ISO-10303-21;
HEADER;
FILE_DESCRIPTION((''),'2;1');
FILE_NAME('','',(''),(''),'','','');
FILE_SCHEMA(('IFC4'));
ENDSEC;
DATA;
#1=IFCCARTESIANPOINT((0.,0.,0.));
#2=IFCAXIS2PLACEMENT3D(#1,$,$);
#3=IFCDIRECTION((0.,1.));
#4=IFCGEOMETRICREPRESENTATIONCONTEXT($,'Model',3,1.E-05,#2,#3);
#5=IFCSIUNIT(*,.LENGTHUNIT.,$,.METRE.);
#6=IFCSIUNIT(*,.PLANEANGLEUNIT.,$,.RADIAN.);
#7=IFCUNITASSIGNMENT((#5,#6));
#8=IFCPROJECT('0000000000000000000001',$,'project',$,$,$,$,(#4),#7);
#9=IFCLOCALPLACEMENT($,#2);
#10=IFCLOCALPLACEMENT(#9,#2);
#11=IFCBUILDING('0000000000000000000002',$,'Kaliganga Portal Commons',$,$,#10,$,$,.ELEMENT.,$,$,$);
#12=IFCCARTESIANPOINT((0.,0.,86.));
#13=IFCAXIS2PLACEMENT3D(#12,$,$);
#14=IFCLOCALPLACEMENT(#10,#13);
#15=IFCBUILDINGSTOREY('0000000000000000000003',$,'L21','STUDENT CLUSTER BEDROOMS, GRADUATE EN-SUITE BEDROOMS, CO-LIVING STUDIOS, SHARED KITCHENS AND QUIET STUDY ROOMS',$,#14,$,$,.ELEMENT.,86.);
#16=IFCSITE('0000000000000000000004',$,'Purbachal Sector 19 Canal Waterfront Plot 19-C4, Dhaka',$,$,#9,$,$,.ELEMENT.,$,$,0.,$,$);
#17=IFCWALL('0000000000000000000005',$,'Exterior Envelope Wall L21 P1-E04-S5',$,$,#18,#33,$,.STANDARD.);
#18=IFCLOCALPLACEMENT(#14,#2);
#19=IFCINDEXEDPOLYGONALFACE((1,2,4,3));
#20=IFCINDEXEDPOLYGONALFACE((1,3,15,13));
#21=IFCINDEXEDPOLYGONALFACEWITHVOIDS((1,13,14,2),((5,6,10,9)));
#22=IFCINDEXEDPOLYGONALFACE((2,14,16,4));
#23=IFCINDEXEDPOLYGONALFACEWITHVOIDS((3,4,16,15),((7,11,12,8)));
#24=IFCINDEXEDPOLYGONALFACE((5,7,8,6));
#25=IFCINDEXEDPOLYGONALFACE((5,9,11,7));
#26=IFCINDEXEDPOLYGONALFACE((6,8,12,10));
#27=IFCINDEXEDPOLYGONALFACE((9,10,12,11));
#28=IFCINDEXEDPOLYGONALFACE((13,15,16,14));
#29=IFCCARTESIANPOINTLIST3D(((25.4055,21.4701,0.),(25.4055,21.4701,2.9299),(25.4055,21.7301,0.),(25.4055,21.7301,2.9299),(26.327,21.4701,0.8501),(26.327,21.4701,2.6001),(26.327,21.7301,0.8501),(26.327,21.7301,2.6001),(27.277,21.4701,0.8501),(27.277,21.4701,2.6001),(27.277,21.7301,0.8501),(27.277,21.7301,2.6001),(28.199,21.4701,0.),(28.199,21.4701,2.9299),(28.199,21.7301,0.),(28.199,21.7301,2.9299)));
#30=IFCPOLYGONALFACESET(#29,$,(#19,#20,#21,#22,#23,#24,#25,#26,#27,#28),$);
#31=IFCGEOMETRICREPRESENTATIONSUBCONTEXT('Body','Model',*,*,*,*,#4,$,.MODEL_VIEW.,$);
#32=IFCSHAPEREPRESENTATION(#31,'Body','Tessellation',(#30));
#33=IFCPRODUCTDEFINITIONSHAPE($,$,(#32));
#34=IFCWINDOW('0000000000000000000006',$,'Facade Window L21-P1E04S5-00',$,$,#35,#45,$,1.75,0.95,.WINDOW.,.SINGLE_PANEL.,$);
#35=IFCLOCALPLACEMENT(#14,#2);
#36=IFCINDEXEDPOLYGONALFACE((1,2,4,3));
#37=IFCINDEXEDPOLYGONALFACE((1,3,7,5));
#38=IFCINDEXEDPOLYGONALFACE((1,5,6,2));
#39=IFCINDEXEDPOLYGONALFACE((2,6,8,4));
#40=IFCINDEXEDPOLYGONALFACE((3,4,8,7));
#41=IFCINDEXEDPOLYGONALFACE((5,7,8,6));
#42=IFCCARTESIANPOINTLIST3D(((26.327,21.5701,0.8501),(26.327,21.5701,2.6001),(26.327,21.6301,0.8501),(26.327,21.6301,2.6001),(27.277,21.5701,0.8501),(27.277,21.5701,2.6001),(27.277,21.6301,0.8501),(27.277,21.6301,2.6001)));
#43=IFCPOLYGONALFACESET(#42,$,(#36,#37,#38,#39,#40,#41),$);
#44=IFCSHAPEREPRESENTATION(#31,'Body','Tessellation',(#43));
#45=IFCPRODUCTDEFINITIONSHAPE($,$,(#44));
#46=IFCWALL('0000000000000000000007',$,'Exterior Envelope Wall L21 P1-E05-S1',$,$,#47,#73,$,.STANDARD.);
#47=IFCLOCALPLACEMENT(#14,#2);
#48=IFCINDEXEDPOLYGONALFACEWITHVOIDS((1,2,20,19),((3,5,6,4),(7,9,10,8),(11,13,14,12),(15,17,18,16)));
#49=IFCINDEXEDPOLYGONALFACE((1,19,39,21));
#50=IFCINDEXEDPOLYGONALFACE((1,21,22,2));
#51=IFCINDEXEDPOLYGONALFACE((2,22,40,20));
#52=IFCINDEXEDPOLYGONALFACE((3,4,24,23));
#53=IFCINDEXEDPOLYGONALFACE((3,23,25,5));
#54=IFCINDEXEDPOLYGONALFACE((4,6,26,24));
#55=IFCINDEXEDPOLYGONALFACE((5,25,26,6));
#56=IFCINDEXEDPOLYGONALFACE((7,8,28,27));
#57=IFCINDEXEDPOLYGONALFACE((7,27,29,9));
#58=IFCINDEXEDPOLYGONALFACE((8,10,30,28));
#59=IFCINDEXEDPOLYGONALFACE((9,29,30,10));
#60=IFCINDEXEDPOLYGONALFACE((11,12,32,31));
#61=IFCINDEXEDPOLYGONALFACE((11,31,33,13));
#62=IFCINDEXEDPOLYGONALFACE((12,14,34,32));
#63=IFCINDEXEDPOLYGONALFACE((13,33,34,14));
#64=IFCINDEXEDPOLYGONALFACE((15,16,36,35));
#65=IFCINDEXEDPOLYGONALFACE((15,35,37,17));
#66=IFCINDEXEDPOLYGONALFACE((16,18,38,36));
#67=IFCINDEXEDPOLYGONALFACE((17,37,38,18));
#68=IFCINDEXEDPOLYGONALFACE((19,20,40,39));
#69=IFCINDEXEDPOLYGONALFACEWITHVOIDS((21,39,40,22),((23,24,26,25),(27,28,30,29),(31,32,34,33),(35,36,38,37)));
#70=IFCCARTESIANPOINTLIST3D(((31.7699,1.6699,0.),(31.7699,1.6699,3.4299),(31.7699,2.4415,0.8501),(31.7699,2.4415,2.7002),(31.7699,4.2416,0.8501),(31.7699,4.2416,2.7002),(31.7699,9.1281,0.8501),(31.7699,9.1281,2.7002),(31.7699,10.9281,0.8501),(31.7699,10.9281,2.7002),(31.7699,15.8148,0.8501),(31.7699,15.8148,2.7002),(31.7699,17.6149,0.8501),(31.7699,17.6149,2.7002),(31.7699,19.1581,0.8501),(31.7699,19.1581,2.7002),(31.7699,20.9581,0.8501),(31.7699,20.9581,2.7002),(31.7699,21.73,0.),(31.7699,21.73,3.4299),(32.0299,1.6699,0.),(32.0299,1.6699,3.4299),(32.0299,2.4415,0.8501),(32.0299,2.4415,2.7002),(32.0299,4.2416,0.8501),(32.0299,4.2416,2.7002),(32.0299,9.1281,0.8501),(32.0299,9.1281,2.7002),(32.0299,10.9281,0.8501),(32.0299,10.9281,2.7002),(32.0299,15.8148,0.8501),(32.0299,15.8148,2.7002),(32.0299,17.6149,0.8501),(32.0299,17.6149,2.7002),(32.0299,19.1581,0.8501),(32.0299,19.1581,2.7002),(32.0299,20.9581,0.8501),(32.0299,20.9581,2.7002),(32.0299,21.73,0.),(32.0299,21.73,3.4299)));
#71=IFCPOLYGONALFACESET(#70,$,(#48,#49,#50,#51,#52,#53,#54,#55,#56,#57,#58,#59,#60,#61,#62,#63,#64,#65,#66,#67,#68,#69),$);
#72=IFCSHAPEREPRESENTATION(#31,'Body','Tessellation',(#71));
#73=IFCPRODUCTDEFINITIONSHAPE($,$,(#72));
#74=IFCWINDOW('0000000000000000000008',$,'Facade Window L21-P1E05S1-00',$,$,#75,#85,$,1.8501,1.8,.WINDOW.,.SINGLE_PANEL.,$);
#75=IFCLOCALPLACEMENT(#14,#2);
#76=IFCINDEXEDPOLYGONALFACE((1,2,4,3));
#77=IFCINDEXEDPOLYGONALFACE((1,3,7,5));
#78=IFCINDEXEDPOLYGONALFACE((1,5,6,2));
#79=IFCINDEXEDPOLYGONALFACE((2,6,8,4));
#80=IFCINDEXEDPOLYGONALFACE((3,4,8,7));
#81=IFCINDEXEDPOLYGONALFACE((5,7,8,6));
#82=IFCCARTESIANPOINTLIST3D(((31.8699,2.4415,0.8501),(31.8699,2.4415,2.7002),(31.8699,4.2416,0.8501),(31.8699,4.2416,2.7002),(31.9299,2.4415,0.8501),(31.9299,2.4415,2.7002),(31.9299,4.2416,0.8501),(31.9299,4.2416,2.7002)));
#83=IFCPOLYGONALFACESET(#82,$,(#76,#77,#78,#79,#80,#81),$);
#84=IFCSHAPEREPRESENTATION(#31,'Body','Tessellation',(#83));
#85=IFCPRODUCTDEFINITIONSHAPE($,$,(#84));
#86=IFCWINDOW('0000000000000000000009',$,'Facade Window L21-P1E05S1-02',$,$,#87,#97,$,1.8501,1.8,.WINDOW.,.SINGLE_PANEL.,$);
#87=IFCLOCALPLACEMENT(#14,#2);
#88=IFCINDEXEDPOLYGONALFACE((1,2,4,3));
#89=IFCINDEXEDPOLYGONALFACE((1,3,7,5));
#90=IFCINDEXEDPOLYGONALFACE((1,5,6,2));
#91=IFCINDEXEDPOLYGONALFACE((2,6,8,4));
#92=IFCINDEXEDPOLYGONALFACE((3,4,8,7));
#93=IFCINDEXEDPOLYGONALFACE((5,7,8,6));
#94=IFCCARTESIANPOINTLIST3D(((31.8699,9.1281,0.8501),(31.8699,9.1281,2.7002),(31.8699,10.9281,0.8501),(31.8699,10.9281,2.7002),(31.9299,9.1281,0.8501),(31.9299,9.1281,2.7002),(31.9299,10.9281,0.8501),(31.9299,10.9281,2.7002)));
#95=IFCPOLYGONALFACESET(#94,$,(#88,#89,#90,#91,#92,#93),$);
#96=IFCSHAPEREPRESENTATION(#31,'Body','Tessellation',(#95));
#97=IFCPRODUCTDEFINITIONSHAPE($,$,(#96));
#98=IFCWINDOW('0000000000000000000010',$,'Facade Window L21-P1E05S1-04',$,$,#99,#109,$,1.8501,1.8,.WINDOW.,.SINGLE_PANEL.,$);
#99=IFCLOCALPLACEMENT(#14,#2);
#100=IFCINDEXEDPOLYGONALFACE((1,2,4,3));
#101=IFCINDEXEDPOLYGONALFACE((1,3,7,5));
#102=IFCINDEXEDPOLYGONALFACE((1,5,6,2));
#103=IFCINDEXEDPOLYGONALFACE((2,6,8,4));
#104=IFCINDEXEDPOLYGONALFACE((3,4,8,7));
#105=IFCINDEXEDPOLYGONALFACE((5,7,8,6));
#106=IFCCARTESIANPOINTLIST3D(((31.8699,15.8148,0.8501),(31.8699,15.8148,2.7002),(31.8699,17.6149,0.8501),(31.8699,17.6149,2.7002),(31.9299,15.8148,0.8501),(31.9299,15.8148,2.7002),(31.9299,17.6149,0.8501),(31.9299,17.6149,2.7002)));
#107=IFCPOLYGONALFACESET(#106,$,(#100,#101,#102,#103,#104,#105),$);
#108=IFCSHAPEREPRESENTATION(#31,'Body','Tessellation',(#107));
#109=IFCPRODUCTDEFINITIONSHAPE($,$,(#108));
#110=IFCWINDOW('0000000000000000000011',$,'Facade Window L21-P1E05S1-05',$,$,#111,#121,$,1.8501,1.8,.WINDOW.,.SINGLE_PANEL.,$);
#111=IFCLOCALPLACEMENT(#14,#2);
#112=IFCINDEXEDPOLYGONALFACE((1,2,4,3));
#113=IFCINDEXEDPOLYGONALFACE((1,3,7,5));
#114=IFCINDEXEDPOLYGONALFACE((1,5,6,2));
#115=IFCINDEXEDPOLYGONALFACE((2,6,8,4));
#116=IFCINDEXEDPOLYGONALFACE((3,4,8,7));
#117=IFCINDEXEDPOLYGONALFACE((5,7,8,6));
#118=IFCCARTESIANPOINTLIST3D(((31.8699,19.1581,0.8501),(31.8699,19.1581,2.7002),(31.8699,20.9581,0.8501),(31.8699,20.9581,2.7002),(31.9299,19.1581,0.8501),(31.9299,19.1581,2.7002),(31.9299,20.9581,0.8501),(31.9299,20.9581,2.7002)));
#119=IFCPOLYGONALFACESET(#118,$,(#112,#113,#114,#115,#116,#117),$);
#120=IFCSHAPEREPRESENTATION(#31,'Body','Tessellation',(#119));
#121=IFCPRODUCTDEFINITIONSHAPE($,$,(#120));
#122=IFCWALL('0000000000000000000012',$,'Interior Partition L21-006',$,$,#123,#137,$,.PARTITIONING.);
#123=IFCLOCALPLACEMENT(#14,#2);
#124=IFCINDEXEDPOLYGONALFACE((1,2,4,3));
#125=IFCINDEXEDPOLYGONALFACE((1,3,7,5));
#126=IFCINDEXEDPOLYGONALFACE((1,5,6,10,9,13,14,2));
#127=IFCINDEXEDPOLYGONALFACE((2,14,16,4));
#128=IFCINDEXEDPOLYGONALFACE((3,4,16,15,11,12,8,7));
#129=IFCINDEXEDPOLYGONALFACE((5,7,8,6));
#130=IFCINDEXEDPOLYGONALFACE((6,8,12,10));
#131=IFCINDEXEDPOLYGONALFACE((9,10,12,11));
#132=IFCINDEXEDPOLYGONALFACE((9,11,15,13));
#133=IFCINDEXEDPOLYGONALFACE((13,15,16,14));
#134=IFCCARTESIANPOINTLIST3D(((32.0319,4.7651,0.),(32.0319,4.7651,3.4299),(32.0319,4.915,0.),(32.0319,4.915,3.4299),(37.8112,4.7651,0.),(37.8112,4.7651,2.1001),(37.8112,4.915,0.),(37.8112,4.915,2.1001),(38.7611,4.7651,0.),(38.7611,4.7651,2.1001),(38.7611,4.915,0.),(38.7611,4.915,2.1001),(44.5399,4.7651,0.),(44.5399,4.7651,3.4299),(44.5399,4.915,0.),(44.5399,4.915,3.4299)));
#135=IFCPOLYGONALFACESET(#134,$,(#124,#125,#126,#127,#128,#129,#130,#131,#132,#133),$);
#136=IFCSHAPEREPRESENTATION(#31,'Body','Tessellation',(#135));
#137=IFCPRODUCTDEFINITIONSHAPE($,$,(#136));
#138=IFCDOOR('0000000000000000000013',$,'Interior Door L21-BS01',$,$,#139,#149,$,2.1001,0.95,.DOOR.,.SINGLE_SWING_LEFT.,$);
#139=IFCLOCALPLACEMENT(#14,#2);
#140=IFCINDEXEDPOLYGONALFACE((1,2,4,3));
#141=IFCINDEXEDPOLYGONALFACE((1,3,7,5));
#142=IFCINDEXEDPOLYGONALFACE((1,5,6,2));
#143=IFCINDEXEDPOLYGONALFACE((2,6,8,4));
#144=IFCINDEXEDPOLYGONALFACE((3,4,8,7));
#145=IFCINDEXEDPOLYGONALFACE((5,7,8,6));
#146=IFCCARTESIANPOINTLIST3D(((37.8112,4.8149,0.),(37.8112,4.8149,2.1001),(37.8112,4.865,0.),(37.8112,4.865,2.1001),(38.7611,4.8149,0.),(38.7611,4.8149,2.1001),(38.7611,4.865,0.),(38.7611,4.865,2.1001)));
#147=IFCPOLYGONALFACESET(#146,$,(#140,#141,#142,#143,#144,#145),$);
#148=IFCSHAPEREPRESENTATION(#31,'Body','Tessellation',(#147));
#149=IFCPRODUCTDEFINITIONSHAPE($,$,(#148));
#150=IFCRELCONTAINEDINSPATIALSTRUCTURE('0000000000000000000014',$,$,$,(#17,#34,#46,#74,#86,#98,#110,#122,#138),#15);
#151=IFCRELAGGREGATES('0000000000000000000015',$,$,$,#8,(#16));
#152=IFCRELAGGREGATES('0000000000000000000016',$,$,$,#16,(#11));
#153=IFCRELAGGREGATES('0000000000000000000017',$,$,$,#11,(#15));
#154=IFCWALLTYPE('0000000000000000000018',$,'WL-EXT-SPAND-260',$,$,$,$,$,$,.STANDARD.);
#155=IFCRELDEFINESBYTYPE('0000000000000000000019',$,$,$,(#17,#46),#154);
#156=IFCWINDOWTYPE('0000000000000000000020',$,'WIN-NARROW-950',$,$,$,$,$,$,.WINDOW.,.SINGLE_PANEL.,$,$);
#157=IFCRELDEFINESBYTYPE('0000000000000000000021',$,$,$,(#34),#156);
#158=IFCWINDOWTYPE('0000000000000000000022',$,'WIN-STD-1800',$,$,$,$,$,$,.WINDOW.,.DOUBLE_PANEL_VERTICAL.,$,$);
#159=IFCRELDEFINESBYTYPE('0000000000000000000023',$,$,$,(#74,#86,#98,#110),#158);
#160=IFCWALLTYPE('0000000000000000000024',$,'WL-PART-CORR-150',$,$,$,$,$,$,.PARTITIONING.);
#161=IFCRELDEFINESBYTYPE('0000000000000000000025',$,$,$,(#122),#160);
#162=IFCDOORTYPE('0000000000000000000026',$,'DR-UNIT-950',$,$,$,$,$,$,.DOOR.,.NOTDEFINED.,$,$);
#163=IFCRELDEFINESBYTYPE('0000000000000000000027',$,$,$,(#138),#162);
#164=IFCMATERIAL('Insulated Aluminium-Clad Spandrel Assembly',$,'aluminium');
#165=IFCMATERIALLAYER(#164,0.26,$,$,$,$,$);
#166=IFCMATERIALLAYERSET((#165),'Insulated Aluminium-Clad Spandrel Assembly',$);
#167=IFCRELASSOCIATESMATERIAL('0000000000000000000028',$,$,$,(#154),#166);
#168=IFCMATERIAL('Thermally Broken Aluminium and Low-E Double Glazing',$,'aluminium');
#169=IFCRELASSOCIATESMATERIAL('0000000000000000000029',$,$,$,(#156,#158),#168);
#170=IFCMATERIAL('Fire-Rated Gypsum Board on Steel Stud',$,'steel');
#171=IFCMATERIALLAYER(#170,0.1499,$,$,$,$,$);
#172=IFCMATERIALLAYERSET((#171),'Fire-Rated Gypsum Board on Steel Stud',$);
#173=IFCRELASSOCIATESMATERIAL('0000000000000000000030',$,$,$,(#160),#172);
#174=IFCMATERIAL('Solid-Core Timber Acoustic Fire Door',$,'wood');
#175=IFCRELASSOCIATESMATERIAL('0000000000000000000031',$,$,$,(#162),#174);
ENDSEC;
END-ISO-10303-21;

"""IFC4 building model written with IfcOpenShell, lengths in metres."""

from ifc_helpers import new_model, si_unit, direction, frame, frame_2d, origin, place, context, subcontext, project, spatial, rectangle, extrude, material, layer, layer_set, type_object, element, fill, save


model = new_model("IFC4")

# Units and contexts
model_context = context("Model", 3, precision=1e-05, world=origin(), true_north=direction((0.0, 1.0)))
body_context = subcontext(model_context, "Body", "Model", "MODEL_VIEW")
ifc_project = project(units=[si_unit("LENGTHUNIT", "METRE"), si_unit("PLANEANGLEUNIT", "RADIAN")], contexts=[model_context])

# Site, building, storey
site_placement = place(None, origin())
site = spatial("IfcSite", under=ifc_project, at=site_placement, Name="Purbachal Sector 19 Canal Waterfront Plot 19-C4, Dhaka", CompositionType="ELEMENT", RefElevation=0.0)
building_placement = place(site_placement, origin())
building = spatial("IfcBuilding", under=site, at=building_placement, Name="Kaliganga Portal Commons", CompositionType="ELEMENT")
storey_placement = place(building_placement, frame((0.0, 0.0, 86.0)))
storey = spatial("IfcBuildingStorey", under=building, at=storey_placement, Name="L21", Description="STUDENT CLUSTER BEDROOMS, GRADUATE EN-SUITE BEDROOMS, CO-LIVING STUDIOS, SHARED KITCHENS AND QUIET STUDY ROOMS", CompositionType="ELEMENT", Elevation=86.0)

# Wall, opening, window
ifc_material_1 = material(Name="Insulated Aluminium-Clad Spandrel Assembly", Category="aluminium")
ifc_layer_1 = layer(ifc_material_1, 0.26)
ifc_layer_set_1 = layer_set([ifc_layer_1], Name="Insulated Aluminium-Clad Spandrel Assembly")
wall_type_1 = type_object("IfcWallType", Name="WL-EXT-SPAND-260", PredefinedType="STANDARD", material=ifc_layer_set_1)
ifc_material_2 = material(Name="Thermally Broken Aluminium and Low-E Double Glazing", Category="aluminium")
window_type_1 = type_object("IfcWindowType", Name="WIN-NARROW-950", PartitioningType="SINGLE_PANEL", PredefinedType="WINDOW", material=ifc_material_2)
wall_1_placement = place(storey_placement, frame((28.199, 21.6001, 0.0), z_axis=(0.0, 0.0, 1.0), x_axis=(-1.0, 0.0, 0.0)))
wall_1 = element("IfcWall", 1, at=wall_1_placement, inside=storey, type_object=wall_type_1, Name="Exterior Envelope Wall L21 P1-E04-S5", PredefinedType="STANDARD", context=body_context, shape_type="SweptSolid", body=[
    extrude(rectangle(XDim=2.7935, YDim=0.26, at=frame_2d((1.3967, 0.0))), origin(), (0.0, 0.0, 1.0), 2.9299),
])
opening_1_placement = place(wall_1_placement, frame((0.9219, 0.0, 0.8501)))
opening_1 = element("IfcOpeningElement", 2, at=opening_1_placement, cuts=wall_1, PredefinedType="OPENING", context=body_context, shape_type="SweptSolid", body=[
    extrude(rectangle(XDim=0.95, YDim=1.75, at=frame_2d((0.4751, 0.875))), frame((0.0, 0.1401, 0.0), z_axis=(0.0, -1.0, 0.0), x_axis=(1.0, 0.0, 0.0)), (0.0, 0.0, 1.0), 0.28),
])
window_1_placement = place(opening_1_placement, origin())
window_1 = element("IfcWindow", 3, at=window_1_placement, inside=storey, type_object=window_type_1, Name="Facade Window L21-P1E04S5-00", OverallHeight=1.75, OverallWidth=0.95, PartitioningType="SINGLE_PANEL", PredefinedType="WINDOW", context=body_context, shape_type="SweptSolid", body=[
    extrude(rectangle(XDim=0.95, YDim=1.75, at=frame_2d((0.4751, 0.875))), frame((0.0, 0.03, 0.0), z_axis=(0.0, -1.0, 0.0), x_axis=(1.0, 0.0, 0.0)), (0.0, 0.0, 1.0), 0.0601),
])
fill(opening_1, window_1)

# Wall, openings, windows
wall_2_placement = place(storey_placement, frame((31.8999, 1.6699, 0.0), z_axis=(0.0, 0.0, 1.0), x_axis=(0.0, 1.0, 0.0)))
wall_2 = element("IfcWall", 4, at=wall_2_placement, inside=storey, type_object=wall_type_1, Name="Exterior Envelope Wall L21 P1-E05-S1", PredefinedType="STANDARD", context=body_context, shape_type="SweptSolid", body=[
    extrude(rectangle(XDim=20.0601, YDim=0.26, at=frame_2d((10.03, 0.0))), origin(), (0.0, 0.0, 1.0), 3.4299),
])
opening_2_placement = place(wall_2_placement, frame((0.7717, 0.0, 0.8501)))
opening_2 = element("IfcOpeningElement", 5, at=opening_2_placement, cuts=wall_2, PredefinedType="OPENING", context=body_context, shape_type="SweptSolid", body=[
    extrude(rectangle(XDim=1.8, YDim=1.8501, at=frame_2d((0.8999, 0.925))), frame((0.0, 0.1401, 0.0), z_axis=(0.0, -1.0, 0.0), x_axis=(1.0, 0.0, 0.0)), (0.0, 0.0, 1.0), 0.28),
])
opening_3_placement = place(wall_2_placement, frame((7.4583, 0.0, 0.8501)))
opening_3 = element("IfcOpeningElement", 6, at=opening_3_placement, cuts=wall_2, PredefinedType="OPENING", context=body_context, shape_type="SweptSolid", body=[
    extrude(rectangle(XDim=1.8, YDim=1.8501, at=frame_2d((0.8999, 0.925))), frame((0.0, 0.1401, 0.0), z_axis=(0.0, -1.0, 0.0), x_axis=(1.0, 0.0, 0.0)), (0.0, 0.0, 1.0), 0.28),
])
opening_4_placement = place(wall_2_placement, frame((14.145, 0.0, 0.8501)))
opening_4 = element("IfcOpeningElement", 7, at=opening_4_placement, cuts=wall_2, PredefinedType="OPENING", context=body_context, shape_type="SweptSolid", body=[
    extrude(rectangle(XDim=1.8, YDim=1.8501, at=frame_2d((0.8999, 0.925))), frame((0.0, 0.1401, 0.0), z_axis=(0.0, -1.0, 0.0), x_axis=(1.0, 0.0, 0.0)), (0.0, 0.0, 1.0), 0.28),
])
opening_5_placement = place(wall_2_placement, frame((17.4883, 0.0, 0.8501)))
opening_5 = element("IfcOpeningElement", 8, at=opening_5_placement, cuts=wall_2, PredefinedType="OPENING", context=body_context, shape_type="SweptSolid", body=[
    extrude(rectangle(XDim=1.8, YDim=1.8501, at=frame_2d((0.8999, 0.925))), frame((0.0, 0.1401, 0.0), z_axis=(0.0, -1.0, 0.0), x_axis=(1.0, 0.0, 0.0)), (0.0, 0.0, 1.0), 0.28),
])
window_type_2 = type_object("IfcWindowType", Name="WIN-STD-1800", PartitioningType="DOUBLE_PANEL_VERTICAL", PredefinedType="WINDOW", material=ifc_material_2)
window_2_placement = place(opening_2_placement, origin())
window_2 = element("IfcWindow", 9, at=window_2_placement, inside=storey, type_object=window_type_2, Name="Facade Window L21-P1E05S1-00", OverallHeight=1.8501, OverallWidth=1.8, PartitioningType="SINGLE_PANEL", PredefinedType="WINDOW", context=body_context, shape_type="SweptSolid", body=[
    extrude(rectangle(XDim=1.8, YDim=1.8501, at=frame_2d((0.8999, 0.925))), frame((0.0, 0.03, 0.0), z_axis=(0.0, -1.0, 0.0), x_axis=(1.0, 0.0, 0.0)), (0.0, 0.0, 1.0), 0.0601),
])
fill(opening_2, window_2)
window_3_placement = place(opening_3_placement, origin())
window_3 = element("IfcWindow", 10, at=window_3_placement, inside=storey, type_object=window_type_2, Name="Facade Window L21-P1E05S1-02", OverallHeight=1.8501, OverallWidth=1.8, PartitioningType="SINGLE_PANEL", PredefinedType="WINDOW", context=body_context, shape_type="SweptSolid", body=[
    extrude(rectangle(XDim=1.8, YDim=1.8501, at=frame_2d((0.8999, 0.925))), frame((0.0, 0.03, 0.0), z_axis=(0.0, -1.0, 0.0), x_axis=(1.0, 0.0, 0.0)), (0.0, 0.0, 1.0), 0.0601),
])
fill(opening_3, window_3)
window_4_placement = place(opening_4_placement, origin())
window_4 = element("IfcWindow", 11, at=window_4_placement, inside=storey, type_object=window_type_2, Name="Facade Window L21-P1E05S1-04", OverallHeight=1.8501, OverallWidth=1.8, PartitioningType="SINGLE_PANEL", PredefinedType="WINDOW", context=body_context, shape_type="SweptSolid", body=[
    extrude(rectangle(XDim=1.8, YDim=1.8501, at=frame_2d((0.8999, 0.925))), frame((0.0, 0.03, 0.0), z_axis=(0.0, -1.0, 0.0), x_axis=(1.0, 0.0, 0.0)), (0.0, 0.0, 1.0), 0.0601),
])
fill(opening_4, window_4)
window_5_placement = place(opening_5_placement, origin())
window_5 = element("IfcWindow", 12, at=window_5_placement, inside=storey, type_object=window_type_2, Name="Facade Window L21-P1E05S1-05", OverallHeight=1.8501, OverallWidth=1.8, PartitioningType="SINGLE_PANEL", PredefinedType="WINDOW", context=body_context, shape_type="SweptSolid", body=[
    extrude(rectangle(XDim=1.8, YDim=1.8501, at=frame_2d((0.8999, 0.925))), frame((0.0, 0.03, 0.0), z_axis=(0.0, -1.0, 0.0), x_axis=(1.0, 0.0, 0.0)), (0.0, 0.0, 1.0), 0.0601),
])
fill(opening_5, window_5)

# Wall, opening, door
ifc_material_3 = material(Name="Fire-Rated Gypsum Board on Steel Stud", Category="steel")
ifc_layer_2 = layer(ifc_material_3, 0.1499)
ifc_layer_set_2 = layer_set([ifc_layer_2], Name="Fire-Rated Gypsum Board on Steel Stud")
wall_type_2 = type_object("IfcWallType", Name="WL-PART-CORR-150", PredefinedType="PARTITIONING", material=ifc_layer_set_2)
wall_3_placement = place(storey_placement, frame((32.032, 4.8401, 0.0), z_axis=(0.0, 0.0, 1.0), x_axis=(1.0, 0.0, 0.0)))
wall_3 = element("IfcWall", 13, at=wall_3_placement, inside=storey, type_object=wall_type_2, Name="Interior Partition L21-006", PredefinedType="PARTITIONING", context=body_context, shape_type="SweptSolid", body=[
    extrude(rectangle(XDim=12.5081, YDim=0.1499, at=frame_2d((6.2539, 0.0))), origin(), (0.0, 0.0, 1.0), 3.4299),
])
opening_6_placement = place(wall_3_placement, frame((5.7791, 0.0, 0.0)))
opening_6 = element("IfcOpeningElement", 14, at=opening_6_placement, cuts=wall_3, PredefinedType="OPENING", context=body_context, shape_type="SweptSolid", body=[
    extrude(rectangle(XDim=0.95, YDim=2.1001, at=frame_2d((0.4751, 1.05))), frame((0.0, 0.085, 0.0), z_axis=(0.0, -1.0, 0.0), x_axis=(1.0, 0.0, 0.0)), (0.0, 0.0, 1.0), 0.1699),
])
ifc_material_4 = material(Name="Solid-Core Timber Acoustic Fire Door", Category="wood")
door_type_1 = type_object("IfcDoorType", Name="DR-UNIT-950", OperationType="NOTDEFINED", PredefinedType="DOOR", material=ifc_material_4)
door_1_placement = place(opening_6_placement, origin())
door_1 = element("IfcDoor", 15, at=door_1_placement, inside=storey, type_object=door_type_1, Name="Interior Door L21-BS01", OperationType="SINGLE_SWING_LEFT", OverallHeight=2.1001, OverallWidth=0.95, PredefinedType="DOOR", context=body_context, shape_type="SweptSolid", body=[
    extrude(rectangle(XDim=0.95, YDim=2.1001, at=frame_2d((0.4751, 1.05))), frame((0.0, 0.0249, 0.0), z_axis=(0.0, -1.0, 0.0), x_axis=(1.0, 0.0, 0.0)), (0.0, 0.0, 1.0), 0.05),
])
fill(opening_6, door_1)

save(model, "model.ifc")
